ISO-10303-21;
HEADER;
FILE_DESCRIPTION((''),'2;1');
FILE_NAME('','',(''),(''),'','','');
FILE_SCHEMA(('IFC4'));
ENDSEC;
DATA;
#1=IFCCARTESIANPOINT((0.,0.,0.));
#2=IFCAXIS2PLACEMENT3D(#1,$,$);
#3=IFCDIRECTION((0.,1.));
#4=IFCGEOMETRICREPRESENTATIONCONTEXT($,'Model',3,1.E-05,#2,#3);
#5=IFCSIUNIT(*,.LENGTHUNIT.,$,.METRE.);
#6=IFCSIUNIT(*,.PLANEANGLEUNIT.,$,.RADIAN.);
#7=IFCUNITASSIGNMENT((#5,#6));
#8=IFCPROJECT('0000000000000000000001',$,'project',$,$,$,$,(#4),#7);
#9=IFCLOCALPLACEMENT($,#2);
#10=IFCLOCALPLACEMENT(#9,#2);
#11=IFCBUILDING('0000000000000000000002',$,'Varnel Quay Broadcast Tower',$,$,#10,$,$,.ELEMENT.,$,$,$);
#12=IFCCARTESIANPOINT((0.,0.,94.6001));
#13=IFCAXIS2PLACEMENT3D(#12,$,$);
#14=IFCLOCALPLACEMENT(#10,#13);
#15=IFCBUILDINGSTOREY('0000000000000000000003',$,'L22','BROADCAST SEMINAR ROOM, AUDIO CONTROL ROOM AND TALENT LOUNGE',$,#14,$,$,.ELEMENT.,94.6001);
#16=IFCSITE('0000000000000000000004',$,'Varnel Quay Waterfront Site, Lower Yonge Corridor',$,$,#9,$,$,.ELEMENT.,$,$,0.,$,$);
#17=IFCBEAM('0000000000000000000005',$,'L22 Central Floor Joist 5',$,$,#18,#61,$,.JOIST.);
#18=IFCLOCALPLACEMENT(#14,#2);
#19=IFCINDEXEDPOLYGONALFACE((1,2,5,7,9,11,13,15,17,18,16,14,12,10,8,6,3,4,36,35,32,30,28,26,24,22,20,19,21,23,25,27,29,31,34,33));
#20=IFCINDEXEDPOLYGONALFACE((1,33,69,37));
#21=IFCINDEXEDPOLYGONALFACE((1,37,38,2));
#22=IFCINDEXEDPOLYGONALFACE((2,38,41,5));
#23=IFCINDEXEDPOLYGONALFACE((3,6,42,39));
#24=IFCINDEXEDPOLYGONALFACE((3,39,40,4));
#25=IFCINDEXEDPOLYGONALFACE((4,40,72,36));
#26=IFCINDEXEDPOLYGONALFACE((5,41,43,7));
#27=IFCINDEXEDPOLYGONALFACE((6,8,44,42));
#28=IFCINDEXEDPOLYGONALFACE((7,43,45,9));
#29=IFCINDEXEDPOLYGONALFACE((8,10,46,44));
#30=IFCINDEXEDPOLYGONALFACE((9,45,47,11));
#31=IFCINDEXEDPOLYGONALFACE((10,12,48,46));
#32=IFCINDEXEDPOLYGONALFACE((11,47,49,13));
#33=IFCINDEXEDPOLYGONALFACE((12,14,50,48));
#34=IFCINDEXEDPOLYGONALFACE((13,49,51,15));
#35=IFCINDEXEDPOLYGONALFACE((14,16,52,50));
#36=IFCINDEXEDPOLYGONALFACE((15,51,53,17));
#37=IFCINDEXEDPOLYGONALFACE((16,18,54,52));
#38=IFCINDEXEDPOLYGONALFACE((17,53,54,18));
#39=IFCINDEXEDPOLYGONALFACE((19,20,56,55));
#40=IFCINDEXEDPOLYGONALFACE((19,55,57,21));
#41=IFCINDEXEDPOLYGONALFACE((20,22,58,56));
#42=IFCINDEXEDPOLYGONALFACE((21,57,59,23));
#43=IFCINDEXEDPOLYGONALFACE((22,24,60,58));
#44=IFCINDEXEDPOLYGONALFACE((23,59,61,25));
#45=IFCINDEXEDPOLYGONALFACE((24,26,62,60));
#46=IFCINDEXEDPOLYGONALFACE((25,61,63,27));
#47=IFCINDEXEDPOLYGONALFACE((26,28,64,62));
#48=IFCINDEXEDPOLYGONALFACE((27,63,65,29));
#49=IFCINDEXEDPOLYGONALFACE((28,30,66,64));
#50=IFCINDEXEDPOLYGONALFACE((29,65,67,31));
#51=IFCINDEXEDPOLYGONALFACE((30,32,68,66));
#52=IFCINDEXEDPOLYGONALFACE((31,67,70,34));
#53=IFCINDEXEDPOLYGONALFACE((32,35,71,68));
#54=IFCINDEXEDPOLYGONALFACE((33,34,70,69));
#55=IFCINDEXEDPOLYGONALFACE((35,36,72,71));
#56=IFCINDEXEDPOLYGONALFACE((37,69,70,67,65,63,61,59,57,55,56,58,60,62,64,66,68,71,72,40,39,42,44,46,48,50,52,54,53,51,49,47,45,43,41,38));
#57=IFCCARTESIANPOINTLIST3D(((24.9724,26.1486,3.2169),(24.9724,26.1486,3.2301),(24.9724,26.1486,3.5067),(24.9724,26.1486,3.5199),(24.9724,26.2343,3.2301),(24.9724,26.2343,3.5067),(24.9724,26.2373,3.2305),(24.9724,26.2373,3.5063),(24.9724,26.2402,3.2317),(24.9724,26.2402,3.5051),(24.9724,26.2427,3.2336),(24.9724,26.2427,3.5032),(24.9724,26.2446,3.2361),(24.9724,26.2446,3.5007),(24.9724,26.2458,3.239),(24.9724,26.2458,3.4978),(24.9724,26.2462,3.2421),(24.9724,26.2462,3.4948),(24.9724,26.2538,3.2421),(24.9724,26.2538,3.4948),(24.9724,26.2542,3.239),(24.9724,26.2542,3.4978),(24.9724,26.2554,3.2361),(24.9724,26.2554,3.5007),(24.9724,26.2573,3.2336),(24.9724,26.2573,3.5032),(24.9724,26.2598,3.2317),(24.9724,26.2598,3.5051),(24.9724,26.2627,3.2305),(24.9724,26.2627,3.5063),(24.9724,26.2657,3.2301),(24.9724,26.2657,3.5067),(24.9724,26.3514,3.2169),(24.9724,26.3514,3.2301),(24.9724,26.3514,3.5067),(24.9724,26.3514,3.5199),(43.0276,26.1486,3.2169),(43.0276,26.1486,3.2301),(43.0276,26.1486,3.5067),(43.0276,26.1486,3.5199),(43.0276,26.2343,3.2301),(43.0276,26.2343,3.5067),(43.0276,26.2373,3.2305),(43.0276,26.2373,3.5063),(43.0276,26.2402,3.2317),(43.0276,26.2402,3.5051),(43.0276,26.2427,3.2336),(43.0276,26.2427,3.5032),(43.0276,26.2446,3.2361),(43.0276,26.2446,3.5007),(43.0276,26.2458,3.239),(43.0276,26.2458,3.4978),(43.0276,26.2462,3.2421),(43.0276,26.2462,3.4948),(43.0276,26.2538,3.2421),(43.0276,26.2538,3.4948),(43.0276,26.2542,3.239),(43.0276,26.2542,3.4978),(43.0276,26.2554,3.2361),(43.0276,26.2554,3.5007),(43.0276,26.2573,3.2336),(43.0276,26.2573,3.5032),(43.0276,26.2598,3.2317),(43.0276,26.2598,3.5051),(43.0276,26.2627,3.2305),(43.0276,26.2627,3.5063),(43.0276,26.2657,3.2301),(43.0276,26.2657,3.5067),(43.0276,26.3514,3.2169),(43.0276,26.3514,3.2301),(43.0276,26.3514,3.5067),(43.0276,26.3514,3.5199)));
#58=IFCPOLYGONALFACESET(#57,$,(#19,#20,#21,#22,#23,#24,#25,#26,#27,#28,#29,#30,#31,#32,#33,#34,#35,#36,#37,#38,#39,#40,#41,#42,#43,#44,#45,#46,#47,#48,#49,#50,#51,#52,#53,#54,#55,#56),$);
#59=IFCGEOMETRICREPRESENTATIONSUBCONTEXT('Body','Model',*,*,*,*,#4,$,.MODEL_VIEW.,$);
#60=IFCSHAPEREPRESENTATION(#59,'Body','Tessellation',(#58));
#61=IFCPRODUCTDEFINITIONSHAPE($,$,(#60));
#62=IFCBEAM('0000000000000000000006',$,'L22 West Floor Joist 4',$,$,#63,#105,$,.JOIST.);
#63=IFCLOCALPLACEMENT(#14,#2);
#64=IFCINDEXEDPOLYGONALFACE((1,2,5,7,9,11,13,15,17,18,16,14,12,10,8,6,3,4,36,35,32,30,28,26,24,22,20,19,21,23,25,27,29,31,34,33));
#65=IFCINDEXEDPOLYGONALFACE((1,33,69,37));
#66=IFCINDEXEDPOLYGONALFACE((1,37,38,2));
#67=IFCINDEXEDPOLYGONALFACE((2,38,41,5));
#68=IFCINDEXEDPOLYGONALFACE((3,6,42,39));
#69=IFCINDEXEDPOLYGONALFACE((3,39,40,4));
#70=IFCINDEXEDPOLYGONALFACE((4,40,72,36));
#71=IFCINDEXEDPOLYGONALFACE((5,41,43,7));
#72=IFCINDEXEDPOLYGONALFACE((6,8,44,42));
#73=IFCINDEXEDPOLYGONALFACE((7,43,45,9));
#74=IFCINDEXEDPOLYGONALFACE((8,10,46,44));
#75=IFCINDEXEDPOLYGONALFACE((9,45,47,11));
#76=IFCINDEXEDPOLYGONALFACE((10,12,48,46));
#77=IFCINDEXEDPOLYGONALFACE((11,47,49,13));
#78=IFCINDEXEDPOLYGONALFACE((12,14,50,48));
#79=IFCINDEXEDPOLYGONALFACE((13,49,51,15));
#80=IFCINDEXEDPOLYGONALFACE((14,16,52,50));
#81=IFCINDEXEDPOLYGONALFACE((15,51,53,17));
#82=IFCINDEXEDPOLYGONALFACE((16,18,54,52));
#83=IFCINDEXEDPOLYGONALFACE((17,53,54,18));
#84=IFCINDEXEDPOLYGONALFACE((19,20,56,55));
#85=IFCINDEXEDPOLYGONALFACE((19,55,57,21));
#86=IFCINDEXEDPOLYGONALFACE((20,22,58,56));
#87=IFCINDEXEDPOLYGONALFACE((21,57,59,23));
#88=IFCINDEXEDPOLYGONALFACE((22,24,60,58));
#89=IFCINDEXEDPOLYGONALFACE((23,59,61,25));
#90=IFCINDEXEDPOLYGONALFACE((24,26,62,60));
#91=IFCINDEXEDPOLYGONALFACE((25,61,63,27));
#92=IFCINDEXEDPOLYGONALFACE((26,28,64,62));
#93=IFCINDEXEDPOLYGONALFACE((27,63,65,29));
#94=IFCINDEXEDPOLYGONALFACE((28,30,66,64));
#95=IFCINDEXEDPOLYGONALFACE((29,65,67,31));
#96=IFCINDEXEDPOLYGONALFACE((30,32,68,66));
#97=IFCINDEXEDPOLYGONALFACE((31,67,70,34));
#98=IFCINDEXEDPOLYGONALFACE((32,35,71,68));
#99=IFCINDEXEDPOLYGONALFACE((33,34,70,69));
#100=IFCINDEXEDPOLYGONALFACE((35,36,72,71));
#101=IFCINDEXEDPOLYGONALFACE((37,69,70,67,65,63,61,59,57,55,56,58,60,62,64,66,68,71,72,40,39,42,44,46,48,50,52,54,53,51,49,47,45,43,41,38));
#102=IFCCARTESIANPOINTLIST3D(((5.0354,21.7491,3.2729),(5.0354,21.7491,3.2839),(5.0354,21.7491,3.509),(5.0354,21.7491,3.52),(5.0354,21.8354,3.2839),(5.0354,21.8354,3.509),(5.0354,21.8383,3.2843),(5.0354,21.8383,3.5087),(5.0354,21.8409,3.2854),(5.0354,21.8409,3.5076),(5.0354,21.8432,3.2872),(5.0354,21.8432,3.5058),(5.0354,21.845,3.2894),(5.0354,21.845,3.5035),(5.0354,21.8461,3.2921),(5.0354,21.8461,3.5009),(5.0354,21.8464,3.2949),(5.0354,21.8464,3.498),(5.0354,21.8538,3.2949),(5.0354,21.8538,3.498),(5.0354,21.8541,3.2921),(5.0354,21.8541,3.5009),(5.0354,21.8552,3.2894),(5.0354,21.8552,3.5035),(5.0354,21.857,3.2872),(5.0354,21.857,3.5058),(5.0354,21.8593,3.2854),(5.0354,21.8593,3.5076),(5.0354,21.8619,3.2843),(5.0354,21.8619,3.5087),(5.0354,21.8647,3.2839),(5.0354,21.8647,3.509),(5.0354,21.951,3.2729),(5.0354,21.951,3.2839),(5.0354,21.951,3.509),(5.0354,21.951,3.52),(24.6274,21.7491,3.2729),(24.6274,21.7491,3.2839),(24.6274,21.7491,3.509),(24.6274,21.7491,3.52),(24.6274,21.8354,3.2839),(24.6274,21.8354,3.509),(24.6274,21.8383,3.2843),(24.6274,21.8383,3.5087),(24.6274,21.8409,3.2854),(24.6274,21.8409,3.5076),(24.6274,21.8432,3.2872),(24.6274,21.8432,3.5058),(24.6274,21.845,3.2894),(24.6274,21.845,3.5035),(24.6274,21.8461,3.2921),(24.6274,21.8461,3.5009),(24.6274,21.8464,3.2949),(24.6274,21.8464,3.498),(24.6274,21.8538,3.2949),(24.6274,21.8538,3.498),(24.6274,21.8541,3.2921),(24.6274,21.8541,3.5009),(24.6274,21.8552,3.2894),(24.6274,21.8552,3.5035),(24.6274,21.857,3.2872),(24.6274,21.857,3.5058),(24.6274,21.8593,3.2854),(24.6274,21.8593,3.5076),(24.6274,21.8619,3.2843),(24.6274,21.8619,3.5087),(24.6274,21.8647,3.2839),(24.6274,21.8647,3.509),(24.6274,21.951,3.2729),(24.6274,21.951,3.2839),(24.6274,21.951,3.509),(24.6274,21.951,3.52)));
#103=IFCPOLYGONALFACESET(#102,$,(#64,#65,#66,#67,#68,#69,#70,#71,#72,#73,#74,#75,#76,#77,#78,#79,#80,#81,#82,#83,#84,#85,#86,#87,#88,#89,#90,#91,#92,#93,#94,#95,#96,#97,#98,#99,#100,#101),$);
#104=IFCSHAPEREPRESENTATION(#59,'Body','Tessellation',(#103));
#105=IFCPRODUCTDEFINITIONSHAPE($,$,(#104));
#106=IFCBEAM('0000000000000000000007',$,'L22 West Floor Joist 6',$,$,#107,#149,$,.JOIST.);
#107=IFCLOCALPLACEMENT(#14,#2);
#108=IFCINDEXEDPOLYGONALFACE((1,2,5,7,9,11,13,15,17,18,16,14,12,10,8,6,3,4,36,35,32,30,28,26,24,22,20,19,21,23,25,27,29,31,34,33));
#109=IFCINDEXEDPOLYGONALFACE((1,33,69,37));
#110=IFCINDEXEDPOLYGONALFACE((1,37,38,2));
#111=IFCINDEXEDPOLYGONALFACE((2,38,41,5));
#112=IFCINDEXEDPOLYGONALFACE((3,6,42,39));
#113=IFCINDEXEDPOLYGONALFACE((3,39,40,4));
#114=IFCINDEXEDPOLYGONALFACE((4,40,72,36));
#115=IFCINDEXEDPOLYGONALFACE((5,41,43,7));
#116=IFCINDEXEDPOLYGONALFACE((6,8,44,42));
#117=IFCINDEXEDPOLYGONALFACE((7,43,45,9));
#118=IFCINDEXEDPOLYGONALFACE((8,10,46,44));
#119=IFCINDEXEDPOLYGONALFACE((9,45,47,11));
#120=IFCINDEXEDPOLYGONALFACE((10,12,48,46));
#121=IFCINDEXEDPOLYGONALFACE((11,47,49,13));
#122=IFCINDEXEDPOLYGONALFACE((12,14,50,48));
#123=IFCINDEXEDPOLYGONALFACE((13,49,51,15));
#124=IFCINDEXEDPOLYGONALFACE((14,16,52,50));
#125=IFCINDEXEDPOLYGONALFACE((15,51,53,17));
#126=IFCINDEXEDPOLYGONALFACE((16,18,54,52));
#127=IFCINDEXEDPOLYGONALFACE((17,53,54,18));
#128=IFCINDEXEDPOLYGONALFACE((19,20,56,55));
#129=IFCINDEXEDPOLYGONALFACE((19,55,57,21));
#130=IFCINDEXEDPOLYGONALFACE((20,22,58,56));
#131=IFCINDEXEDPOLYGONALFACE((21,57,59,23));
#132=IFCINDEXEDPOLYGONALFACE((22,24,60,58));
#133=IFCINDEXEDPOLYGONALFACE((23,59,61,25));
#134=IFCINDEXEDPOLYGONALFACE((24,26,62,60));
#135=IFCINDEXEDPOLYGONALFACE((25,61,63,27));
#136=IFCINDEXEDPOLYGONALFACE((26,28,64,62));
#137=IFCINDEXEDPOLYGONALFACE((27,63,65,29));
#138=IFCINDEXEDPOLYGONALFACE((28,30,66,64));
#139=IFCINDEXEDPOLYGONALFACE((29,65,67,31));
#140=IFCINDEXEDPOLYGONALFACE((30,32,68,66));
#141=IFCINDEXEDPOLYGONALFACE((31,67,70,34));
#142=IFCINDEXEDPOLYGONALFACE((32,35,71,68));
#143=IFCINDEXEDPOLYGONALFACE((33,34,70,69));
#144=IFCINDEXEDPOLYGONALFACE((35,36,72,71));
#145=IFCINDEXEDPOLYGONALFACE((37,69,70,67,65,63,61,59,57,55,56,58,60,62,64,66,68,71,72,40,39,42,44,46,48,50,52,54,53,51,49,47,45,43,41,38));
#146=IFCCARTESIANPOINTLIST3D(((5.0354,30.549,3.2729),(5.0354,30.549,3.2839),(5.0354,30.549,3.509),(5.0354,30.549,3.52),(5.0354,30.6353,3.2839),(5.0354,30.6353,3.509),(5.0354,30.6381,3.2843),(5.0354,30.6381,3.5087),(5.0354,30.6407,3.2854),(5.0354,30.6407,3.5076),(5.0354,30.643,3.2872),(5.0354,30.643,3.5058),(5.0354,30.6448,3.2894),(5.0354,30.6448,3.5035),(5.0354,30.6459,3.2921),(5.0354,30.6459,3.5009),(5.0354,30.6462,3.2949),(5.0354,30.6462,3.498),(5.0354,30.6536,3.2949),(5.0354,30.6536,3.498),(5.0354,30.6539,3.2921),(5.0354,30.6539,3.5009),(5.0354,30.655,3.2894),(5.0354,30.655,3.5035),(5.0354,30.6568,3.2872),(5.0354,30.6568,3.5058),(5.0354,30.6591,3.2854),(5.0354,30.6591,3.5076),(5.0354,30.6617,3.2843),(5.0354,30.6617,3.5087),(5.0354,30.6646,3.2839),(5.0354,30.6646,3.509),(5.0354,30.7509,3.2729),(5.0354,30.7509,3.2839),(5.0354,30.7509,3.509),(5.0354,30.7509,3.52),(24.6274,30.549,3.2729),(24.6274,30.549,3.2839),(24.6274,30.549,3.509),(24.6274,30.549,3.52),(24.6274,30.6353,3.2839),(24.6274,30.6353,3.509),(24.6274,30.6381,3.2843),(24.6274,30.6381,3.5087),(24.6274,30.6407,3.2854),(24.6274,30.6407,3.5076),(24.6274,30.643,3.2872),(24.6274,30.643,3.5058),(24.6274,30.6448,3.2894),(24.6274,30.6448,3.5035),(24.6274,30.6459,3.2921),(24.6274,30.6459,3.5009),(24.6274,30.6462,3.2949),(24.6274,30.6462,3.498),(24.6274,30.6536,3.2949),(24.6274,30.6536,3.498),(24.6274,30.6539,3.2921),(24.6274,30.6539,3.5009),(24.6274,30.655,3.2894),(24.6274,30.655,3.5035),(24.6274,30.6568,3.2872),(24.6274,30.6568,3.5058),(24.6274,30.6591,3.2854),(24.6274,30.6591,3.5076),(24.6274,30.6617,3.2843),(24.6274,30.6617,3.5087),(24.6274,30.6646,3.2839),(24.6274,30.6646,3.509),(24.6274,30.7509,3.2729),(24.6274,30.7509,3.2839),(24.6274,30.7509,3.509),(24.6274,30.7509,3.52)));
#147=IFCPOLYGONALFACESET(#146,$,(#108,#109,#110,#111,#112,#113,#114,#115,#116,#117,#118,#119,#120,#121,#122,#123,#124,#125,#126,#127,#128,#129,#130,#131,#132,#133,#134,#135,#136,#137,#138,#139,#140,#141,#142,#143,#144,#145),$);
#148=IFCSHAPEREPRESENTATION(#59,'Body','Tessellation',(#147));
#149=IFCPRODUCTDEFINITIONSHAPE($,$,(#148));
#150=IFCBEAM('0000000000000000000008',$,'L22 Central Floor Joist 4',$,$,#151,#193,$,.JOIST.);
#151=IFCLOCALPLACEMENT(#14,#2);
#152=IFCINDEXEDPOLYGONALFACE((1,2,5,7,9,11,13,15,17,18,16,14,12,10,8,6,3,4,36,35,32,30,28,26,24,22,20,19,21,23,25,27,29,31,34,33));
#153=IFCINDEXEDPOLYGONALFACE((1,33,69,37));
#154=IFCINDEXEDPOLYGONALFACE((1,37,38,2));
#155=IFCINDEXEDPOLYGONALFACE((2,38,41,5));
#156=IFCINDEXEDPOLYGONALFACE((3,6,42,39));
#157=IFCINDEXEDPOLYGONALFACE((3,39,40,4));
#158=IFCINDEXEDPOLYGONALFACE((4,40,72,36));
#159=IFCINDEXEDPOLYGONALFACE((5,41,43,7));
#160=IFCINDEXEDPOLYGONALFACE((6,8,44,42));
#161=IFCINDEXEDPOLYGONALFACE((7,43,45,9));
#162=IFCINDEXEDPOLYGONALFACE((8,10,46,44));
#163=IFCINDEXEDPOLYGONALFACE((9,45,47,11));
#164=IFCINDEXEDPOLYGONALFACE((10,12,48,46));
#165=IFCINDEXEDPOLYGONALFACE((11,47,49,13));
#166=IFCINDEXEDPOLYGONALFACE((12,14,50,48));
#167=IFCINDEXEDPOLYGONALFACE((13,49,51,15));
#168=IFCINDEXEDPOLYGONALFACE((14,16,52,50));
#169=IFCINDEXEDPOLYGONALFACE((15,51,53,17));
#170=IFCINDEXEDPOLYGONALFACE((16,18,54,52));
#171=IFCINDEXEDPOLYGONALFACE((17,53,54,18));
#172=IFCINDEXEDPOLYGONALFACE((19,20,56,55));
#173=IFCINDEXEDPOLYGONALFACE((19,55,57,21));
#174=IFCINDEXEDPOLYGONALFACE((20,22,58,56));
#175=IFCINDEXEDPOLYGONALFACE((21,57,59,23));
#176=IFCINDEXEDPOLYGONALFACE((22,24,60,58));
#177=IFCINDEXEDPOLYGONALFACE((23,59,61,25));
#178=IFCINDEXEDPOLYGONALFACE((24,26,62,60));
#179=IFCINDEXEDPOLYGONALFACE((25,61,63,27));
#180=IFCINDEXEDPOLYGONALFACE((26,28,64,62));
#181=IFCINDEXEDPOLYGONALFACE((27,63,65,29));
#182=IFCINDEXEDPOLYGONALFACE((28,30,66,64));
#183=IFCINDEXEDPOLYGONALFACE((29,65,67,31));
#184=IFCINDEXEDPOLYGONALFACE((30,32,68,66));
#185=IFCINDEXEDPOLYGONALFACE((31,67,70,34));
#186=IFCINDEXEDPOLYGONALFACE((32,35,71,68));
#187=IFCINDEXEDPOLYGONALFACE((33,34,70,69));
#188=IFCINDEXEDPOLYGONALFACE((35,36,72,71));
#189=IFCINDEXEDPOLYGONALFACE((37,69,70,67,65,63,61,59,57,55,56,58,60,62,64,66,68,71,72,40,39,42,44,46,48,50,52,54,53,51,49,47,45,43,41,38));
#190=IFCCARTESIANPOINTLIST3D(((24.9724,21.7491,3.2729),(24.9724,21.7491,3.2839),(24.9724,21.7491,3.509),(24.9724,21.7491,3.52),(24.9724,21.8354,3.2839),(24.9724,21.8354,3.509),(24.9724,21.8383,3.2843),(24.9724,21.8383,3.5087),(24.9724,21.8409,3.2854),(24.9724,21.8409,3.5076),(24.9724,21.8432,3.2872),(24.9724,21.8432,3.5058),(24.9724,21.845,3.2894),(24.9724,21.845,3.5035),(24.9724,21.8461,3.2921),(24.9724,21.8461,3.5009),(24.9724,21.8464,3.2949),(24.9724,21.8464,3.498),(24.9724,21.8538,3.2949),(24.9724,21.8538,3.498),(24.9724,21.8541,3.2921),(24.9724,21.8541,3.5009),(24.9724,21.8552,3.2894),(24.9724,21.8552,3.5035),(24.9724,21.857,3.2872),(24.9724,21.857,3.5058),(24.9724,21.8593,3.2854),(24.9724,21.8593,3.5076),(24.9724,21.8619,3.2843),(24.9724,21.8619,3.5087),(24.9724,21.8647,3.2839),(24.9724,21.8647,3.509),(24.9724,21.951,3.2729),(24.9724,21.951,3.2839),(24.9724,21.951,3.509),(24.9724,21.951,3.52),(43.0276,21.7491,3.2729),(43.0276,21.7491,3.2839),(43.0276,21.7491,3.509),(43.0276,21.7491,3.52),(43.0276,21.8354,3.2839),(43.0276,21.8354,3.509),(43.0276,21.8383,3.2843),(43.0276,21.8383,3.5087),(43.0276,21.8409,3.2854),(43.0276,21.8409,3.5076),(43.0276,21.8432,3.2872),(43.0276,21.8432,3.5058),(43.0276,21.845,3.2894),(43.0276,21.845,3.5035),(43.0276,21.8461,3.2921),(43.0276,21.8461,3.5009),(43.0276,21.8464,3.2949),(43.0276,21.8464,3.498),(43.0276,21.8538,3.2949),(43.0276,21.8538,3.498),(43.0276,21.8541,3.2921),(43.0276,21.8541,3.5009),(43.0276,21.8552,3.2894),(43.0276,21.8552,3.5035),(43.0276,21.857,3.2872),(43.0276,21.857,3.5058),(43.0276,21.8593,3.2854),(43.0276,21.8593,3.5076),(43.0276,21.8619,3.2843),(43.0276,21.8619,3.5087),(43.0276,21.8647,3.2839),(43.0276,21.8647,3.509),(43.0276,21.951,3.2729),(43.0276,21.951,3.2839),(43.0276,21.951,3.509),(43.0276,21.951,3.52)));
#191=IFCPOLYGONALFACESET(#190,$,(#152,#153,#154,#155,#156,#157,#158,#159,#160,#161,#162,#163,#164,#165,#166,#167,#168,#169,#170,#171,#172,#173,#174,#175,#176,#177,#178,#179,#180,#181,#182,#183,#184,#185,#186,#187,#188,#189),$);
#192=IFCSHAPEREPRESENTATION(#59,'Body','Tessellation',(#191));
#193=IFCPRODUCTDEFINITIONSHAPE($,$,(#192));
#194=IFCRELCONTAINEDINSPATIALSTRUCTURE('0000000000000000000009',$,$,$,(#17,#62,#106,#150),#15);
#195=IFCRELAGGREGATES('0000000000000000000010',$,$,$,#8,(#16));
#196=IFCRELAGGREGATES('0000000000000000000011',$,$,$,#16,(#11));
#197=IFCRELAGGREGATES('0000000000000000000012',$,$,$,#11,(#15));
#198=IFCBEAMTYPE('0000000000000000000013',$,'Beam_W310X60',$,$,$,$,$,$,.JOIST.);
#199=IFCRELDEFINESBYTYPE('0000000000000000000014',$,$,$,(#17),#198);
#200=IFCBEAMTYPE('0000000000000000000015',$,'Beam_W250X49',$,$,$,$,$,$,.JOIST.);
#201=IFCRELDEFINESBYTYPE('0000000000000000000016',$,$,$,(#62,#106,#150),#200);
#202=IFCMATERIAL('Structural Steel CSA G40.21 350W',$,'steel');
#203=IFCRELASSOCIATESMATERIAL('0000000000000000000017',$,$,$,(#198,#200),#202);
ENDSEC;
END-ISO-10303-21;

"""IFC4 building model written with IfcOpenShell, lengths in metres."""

from ifc_helpers import new_model, si_unit, direction, frame, origin, origin_2d, place, context, subcontext, project, spatial, i_section, extrude, source, transform, mapped, material, material_profile, profile_set, type_object, type_shapes, element, save


model = new_model("IFC4")

# Units and contexts
model_context = context("Model", 3, precision=1e-05, world=origin(), true_north=direction((0.0, 1.0)))
body_context = subcontext(model_context, "Body", "Model", "MODEL_VIEW")
ifc_project = project(units=[si_unit("LENGTHUNIT", "METRE"), si_unit("PLANEANGLEUNIT", "RADIAN")], contexts=[model_context])

# Site, building, storey
site_placement = place(None, origin())
site = spatial("IfcSite", under=ifc_project, at=site_placement, Name="Varnel Quay Waterfront Site, Lower Yonge Corridor", CompositionType="ELEMENT", RefElevation=0.0)
building_placement = place(site_placement, origin())
building = spatial("IfcBuilding", under=site, at=building_placement, Name="Varnel Quay Broadcast Tower", CompositionType="ELEMENT")
storey_placement = place(building_placement, frame((0.0, 0.0, 94.6001)))
storey = spatial("IfcBuildingStorey", under=building, at=storey_placement, Name="L22", Description="BROADCAST SEMINAR ROOM, AUDIO CONTROL ROOM AND TALENT LOUNGE", CompositionType="ELEMENT", Elevation=94.6001)

# Shared definitions
ifc_material_1 = material(Name="Structural Steel CSA G40.21 350W", Category="steel")

# Beams
ifc_material_profile_1 = material_profile(ifc_material_1, i_section(OverallWidth=0.2029, OverallDepth=0.303, WebThickness=0.0076, FlangeThickness=0.0132, FilletRadius=0.012, at=origin_2d()), Name="W310X60")
ifc_profile_set_1 = profile_set([ifc_material_profile_1], Name="Structural Steel CSA G40.21 350W")
beam_type_1 = type_object("IfcBeamType", Name="Beam_W310X60", PredefinedType="JOIST", material=ifc_profile_set_1)
shared_shape_1 = source(origin(), body_context, "Body", "SweptSolid", [
    extrude(i_section(OverallWidth=0.2029, OverallDepth=0.303, WebThickness=0.0076, FlangeThickness=0.0132, FilletRadius=0.012, at=origin_2d()), origin(), (0.0, 0.0, 1.0), 18.0552),
])
for number, where, z_axis, x_axis, name in (
    (1, (24.9724, 26.25, 3.3684), (1.0, 0.0, 0.0), (0.0, 1.0, 0.0), "L22 Central Floor Joist 5"),
):
    element("IfcBeam", number, at=place(storey_placement, frame(where, z_axis=z_axis, x_axis=x_axis)), inside=storey, type_object=beam_type_1, Name=name, PredefinedType="JOIST", context=body_context, shape_type="MappedRepresentation", body=[
        mapped(shared_shape_1, transform((0.0, 0.0, 0.0), x_axis=(1.0, 0.0, 0.0), y_axis=(0.0, 1.0, 0.0), z_axis=(0.0, 0.0, 1.0), scale=1.0)),
    ])
ifc_material_profile_2 = material_profile(ifc_material_1, i_section(OverallWidth=0.2019, OverallDepth=0.2471, WebThickness=0.0073, FlangeThickness=0.011, FilletRadius=0.011, at=origin_2d()), Name="W250X49")
ifc_profile_set_2 = profile_set([ifc_material_profile_2], Name="Structural Steel CSA G40.21 350W")
beam_type_2 = type_object("IfcBeamType", Name="Beam_W250X49", PredefinedType="JOIST", material=ifc_profile_set_2)
shared_shape_2 = source(origin(), body_context, "Body", "SweptSolid", [
    extrude(i_section(OverallWidth=0.2019, OverallDepth=0.2471, WebThickness=0.0073, FlangeThickness=0.011, FilletRadius=0.011, at=origin_2d()), origin(), (0.0, 0.0, 1.0), 19.592),
])
for number, where, z_axis, x_axis, name in (
    (2, (5.0354, 21.8501, 3.3965), (1.0, 0.0, 0.0), (0.0, 1.0, 0.0), "L22 West Floor Joist 4"),
    (3, (5.0354, 30.6499, 3.3965), (1.0, 0.0, 0.0), (0.0, 1.0, 0.0), "L22 West Floor Joist 6"),
):
    element("IfcBeam", number, at=place(storey_placement, frame(where, z_axis=z_axis, x_axis=x_axis)), inside=storey, type_object=beam_type_2, Name=name, PredefinedType="JOIST", context=body_context, shape_type="MappedRepresentation", body=[
        mapped(shared_shape_2, transform((0.0, 0.0, 0.0), x_axis=(1.0, 0.0, 0.0), y_axis=(0.0, 1.0, 0.0), z_axis=(0.0, 0.0, 1.0), scale=1.0)),
    ])
shared_shape_3 = source(origin(), body_context, "Body", "SweptSolid", [
    extrude(i_section(OverallWidth=0.2019, OverallDepth=0.2471, WebThickness=0.0073, FlangeThickness=0.011, FilletRadius=0.011, at=origin_2d()), origin(), (0.0, 0.0, 1.0), 18.0552),
])
type_shapes(beam_type_2, [shared_shape_2, shared_shape_3])
for number, where, z_axis, x_axis, name in (
    (4, (24.9724, 21.8501, 3.3965), (1.0, 0.0, 0.0), (0.0, 1.0, 0.0), "L22 Central Floor Joist 4"),
):
    element("IfcBeam", number, at=place(storey_placement, frame(where, z_axis=z_axis, x_axis=x_axis)), inside=storey, type_object=beam_type_2, Name=name, PredefinedType="JOIST", context=body_context, shape_type="MappedRepresentation", body=[
        mapped(shared_shape_3, transform((0.0, 0.0, 0.0), x_axis=(1.0, 0.0, 0.0), y_axis=(0.0, 1.0, 0.0), z_axis=(0.0, 0.0, 1.0), scale=1.0)),
    ])

save(model, "model.ifc")
